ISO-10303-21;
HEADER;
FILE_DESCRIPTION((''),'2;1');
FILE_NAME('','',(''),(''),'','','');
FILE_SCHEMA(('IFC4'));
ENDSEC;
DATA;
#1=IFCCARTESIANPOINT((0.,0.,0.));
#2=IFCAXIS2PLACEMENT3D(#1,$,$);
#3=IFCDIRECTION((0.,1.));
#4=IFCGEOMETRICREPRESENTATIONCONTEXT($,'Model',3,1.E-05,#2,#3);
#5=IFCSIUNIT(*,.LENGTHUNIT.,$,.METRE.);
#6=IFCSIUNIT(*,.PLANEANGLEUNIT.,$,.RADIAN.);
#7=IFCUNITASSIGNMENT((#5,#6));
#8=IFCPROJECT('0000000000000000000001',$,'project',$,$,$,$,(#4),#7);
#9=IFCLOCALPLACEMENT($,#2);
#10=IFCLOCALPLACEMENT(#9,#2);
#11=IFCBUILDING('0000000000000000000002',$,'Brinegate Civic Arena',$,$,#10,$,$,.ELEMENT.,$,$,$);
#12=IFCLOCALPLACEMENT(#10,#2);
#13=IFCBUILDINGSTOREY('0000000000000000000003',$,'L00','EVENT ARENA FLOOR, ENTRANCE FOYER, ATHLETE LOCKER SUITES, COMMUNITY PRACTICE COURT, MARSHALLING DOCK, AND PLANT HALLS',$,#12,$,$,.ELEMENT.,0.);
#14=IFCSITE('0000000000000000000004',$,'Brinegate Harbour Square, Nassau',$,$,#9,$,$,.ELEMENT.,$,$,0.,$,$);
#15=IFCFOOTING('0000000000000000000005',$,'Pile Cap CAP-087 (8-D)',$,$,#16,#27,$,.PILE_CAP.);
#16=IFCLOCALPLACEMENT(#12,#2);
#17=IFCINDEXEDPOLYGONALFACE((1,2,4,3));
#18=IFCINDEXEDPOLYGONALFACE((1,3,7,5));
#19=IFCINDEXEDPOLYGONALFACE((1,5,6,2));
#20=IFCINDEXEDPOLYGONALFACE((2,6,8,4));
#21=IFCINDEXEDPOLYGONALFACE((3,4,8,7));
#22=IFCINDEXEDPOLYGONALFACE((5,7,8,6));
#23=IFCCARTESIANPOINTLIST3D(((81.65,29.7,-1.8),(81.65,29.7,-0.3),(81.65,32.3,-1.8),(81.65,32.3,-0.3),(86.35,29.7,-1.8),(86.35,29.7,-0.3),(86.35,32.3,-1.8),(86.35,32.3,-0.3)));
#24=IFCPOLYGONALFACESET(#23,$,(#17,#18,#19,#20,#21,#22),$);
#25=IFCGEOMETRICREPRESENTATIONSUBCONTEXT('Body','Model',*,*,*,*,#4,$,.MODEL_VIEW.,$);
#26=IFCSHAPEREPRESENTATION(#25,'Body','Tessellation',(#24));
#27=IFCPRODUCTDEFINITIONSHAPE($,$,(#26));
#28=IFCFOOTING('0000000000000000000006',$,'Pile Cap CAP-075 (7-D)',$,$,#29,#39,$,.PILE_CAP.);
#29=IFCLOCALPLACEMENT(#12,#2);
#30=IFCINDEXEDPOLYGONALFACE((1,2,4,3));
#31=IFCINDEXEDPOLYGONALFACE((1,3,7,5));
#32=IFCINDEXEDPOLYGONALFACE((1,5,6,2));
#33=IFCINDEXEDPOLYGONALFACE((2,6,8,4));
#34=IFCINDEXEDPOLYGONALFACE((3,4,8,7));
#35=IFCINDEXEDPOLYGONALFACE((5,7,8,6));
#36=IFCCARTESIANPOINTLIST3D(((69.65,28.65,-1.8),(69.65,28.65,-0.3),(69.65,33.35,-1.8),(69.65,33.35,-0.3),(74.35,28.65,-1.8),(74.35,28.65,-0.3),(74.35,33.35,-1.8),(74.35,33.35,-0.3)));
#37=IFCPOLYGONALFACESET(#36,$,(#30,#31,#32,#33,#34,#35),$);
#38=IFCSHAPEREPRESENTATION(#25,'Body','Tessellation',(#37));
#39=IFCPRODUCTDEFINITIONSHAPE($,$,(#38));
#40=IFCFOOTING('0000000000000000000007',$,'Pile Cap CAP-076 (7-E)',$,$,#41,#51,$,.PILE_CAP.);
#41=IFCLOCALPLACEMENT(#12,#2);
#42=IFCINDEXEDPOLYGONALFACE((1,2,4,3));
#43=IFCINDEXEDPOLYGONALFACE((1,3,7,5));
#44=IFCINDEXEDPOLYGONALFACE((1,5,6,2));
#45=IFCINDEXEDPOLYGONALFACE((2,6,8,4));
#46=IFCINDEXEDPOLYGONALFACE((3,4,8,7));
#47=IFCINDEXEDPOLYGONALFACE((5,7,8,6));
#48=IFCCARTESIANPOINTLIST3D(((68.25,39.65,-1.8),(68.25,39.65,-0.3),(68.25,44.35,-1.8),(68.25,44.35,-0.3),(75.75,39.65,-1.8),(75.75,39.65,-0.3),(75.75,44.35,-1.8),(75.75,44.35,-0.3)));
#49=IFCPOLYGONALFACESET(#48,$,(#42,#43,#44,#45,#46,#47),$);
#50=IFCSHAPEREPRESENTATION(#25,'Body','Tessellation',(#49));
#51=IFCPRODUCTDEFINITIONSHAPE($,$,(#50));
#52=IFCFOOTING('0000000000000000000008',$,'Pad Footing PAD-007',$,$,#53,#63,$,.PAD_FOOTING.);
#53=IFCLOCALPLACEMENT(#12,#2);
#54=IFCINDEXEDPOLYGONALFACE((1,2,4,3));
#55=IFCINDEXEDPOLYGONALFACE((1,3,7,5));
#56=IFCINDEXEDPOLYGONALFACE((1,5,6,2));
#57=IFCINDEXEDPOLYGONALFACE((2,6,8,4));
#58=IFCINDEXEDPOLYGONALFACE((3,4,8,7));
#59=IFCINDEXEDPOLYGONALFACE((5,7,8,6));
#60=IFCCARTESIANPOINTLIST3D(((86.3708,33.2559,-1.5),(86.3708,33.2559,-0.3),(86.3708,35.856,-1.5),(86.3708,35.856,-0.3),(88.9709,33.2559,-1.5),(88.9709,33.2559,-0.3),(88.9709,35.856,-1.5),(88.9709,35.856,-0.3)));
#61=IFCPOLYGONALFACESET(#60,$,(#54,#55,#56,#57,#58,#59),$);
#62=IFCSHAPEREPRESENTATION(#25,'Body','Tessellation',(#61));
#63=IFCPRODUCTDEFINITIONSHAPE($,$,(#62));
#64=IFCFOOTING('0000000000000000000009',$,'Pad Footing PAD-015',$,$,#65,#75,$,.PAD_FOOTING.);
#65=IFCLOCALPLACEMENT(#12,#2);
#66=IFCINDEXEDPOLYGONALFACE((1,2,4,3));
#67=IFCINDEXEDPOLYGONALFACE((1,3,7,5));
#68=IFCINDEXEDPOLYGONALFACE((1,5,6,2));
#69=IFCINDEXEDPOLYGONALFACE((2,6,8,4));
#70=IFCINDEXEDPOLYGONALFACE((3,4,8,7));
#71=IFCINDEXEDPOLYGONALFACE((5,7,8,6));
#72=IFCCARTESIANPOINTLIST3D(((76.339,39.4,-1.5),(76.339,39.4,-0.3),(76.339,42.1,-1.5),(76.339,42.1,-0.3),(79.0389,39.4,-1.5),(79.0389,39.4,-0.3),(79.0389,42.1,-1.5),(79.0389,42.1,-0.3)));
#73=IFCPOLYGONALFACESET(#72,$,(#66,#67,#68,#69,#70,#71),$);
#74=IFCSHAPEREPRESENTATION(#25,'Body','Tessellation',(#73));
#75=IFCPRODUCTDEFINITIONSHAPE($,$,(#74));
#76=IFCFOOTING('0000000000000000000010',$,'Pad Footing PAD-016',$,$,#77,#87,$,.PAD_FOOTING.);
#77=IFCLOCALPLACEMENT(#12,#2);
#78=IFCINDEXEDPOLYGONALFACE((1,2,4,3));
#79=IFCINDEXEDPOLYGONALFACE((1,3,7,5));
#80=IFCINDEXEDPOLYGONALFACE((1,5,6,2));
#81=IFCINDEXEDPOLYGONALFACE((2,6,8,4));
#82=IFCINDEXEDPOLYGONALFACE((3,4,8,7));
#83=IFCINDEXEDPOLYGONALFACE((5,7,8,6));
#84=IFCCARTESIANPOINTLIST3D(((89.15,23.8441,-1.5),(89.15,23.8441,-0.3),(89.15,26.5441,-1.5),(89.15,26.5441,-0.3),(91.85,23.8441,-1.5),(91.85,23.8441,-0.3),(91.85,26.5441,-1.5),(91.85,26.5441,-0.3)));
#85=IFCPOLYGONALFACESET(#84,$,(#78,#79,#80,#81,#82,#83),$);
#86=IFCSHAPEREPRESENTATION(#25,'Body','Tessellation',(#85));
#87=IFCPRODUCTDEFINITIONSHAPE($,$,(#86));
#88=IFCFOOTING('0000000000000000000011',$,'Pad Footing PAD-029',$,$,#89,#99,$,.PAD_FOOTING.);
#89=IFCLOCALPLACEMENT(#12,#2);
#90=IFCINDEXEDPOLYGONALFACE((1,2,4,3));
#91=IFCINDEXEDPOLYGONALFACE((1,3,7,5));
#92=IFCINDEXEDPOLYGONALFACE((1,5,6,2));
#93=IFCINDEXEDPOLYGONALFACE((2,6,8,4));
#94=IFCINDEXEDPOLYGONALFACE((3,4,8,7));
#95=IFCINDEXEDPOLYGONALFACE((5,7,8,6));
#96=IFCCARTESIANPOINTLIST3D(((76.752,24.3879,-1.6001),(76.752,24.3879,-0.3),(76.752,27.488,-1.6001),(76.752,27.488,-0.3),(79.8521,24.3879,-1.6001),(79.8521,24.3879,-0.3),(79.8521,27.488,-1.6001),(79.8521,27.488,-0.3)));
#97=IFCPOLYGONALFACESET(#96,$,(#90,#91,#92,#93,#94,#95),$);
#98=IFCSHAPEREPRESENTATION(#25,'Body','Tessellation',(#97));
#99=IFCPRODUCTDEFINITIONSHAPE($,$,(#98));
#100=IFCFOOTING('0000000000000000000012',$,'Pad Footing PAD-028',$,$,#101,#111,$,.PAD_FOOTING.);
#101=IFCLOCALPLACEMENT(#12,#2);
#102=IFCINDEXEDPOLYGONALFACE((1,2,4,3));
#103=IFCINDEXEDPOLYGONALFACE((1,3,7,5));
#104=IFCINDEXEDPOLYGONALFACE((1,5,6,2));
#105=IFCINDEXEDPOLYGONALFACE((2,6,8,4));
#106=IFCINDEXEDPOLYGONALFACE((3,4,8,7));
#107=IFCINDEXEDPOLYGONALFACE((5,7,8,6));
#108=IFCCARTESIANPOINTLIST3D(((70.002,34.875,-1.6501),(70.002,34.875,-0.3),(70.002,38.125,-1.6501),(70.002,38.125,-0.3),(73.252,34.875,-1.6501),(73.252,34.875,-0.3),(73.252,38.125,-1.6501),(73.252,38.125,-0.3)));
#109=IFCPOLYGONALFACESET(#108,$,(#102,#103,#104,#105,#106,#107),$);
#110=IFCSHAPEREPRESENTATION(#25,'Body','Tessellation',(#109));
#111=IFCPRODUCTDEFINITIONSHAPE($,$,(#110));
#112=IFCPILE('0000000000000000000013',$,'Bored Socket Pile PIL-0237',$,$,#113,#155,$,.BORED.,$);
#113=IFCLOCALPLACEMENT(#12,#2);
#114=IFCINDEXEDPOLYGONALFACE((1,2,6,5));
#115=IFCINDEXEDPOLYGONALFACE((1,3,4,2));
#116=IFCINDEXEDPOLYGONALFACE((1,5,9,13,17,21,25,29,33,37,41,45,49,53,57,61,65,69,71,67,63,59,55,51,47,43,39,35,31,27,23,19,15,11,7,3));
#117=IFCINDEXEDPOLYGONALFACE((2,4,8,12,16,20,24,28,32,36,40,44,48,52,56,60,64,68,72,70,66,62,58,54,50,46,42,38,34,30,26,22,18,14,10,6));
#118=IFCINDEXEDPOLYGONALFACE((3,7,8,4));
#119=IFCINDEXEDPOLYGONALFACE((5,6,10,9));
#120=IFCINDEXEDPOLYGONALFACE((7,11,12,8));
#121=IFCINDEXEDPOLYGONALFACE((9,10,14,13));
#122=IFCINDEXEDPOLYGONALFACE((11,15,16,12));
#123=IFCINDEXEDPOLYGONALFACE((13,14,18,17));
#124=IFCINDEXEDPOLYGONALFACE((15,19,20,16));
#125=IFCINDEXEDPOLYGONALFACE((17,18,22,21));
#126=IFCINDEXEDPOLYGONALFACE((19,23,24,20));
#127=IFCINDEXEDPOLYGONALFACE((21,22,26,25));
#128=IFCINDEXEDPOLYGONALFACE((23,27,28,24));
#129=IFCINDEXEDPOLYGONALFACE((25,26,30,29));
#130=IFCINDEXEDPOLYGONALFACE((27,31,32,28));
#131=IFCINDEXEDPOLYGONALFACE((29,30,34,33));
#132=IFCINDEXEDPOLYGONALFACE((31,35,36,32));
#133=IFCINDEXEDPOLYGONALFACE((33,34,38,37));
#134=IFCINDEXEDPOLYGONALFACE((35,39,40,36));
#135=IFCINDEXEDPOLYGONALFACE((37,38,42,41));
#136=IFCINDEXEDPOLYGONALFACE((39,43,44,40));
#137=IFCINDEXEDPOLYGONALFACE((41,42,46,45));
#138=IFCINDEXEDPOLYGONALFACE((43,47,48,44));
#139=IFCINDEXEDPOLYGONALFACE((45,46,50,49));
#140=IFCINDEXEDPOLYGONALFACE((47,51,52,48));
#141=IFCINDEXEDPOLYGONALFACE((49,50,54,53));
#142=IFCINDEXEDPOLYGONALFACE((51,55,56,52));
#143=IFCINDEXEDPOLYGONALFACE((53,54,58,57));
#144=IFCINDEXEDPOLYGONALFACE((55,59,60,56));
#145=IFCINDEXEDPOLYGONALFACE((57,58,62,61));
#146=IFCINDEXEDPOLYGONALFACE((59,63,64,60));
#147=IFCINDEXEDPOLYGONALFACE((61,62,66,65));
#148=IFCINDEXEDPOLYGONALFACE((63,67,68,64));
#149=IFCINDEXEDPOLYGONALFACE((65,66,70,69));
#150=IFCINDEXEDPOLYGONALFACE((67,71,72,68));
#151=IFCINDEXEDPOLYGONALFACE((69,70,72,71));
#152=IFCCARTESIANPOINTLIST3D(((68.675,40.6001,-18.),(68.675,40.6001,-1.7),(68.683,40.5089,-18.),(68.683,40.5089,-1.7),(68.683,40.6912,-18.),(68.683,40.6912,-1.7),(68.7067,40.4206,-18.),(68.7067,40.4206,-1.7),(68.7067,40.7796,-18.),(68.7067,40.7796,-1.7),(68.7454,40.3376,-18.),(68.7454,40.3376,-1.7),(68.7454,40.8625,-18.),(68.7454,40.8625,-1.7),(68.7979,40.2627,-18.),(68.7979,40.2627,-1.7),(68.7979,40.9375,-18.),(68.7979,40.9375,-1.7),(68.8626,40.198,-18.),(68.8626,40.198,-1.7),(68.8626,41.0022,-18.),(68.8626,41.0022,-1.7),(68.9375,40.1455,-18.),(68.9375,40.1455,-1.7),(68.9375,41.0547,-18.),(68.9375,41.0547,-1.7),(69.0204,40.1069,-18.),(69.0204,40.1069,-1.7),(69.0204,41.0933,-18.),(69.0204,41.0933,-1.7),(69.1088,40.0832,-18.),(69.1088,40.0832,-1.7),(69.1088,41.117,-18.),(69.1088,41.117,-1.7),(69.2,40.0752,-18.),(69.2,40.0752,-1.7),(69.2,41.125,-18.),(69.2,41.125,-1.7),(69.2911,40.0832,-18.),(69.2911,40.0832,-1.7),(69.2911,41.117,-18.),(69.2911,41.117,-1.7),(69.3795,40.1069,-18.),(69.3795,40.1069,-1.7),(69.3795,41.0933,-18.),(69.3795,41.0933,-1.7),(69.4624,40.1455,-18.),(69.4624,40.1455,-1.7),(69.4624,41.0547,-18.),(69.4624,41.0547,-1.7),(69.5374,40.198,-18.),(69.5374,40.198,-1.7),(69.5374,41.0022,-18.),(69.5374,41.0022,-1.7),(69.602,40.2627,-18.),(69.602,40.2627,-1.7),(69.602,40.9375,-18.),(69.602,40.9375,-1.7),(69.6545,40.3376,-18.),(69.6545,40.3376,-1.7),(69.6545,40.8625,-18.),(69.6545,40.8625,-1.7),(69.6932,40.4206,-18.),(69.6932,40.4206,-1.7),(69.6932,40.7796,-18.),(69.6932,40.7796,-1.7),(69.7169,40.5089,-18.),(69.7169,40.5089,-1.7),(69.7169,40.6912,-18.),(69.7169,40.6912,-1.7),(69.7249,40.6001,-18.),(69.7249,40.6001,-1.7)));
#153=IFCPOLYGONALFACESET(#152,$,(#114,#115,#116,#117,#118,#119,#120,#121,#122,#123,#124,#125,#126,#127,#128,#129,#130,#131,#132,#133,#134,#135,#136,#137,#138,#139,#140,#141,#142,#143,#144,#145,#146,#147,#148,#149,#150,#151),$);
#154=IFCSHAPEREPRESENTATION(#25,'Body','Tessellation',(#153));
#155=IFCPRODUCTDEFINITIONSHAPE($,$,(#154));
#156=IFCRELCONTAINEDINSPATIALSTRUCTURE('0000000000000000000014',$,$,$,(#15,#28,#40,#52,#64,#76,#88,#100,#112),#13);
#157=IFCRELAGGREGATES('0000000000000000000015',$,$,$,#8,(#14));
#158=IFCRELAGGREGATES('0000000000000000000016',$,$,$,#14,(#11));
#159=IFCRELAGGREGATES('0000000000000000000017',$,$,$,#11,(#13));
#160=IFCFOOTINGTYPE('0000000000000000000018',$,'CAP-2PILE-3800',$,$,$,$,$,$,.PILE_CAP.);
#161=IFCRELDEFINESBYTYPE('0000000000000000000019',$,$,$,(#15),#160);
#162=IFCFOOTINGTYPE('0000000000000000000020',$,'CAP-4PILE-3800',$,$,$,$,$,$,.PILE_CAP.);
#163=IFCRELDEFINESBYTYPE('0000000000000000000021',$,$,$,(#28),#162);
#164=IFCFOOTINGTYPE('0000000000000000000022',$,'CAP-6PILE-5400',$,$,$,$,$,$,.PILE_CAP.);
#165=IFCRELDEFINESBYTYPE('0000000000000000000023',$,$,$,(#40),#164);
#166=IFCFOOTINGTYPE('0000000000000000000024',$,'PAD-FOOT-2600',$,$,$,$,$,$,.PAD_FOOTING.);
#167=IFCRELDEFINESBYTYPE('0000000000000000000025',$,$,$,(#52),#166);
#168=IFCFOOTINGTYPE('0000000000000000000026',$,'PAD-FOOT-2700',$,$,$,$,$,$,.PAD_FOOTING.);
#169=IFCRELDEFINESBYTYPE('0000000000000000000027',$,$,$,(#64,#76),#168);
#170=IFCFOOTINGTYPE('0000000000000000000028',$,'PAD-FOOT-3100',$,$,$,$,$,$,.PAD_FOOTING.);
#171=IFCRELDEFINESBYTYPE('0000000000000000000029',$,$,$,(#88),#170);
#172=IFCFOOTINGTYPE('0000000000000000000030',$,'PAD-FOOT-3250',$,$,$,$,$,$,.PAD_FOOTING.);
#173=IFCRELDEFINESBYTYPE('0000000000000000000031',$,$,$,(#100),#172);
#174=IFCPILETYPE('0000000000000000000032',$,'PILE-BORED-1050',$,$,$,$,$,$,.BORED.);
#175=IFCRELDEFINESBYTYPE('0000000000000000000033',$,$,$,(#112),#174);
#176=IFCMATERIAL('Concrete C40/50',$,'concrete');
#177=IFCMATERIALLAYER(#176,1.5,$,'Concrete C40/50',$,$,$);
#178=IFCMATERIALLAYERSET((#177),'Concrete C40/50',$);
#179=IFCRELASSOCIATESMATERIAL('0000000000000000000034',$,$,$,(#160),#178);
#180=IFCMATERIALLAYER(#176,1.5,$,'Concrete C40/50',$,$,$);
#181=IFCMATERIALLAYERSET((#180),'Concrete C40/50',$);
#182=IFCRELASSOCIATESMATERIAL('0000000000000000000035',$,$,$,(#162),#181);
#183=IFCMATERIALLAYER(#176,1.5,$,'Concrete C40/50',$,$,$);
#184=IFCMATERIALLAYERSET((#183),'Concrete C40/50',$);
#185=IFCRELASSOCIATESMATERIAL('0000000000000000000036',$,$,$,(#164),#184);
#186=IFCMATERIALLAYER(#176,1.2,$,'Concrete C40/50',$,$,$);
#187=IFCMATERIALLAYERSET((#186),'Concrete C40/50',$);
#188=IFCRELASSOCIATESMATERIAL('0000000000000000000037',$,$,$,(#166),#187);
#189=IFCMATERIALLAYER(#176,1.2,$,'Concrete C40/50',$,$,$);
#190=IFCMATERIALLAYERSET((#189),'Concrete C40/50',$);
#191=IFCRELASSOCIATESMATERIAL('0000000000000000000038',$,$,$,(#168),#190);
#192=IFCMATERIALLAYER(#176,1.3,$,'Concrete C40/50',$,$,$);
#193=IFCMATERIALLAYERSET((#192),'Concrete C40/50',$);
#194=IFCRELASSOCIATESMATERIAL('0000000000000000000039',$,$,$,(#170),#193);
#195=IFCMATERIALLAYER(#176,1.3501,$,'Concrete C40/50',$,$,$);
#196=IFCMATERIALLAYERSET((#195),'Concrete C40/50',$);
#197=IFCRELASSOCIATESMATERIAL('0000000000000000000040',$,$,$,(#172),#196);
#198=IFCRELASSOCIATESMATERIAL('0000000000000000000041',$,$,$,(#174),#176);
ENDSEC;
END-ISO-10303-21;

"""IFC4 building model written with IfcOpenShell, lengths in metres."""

from ifc_helpers import new_model, si_unit, direction, frame, origin, origin_2d, place, context, subcontext, project, spatial, rectangle, circle, extrude, material, layer, layer_set, material_profile, profile_set, type_object, element, save


model = new_model("IFC4")

# Units and contexts
model_context = context("Model", 3, precision=1e-05, world=origin(), true_north=direction((0.0, 1.0)))
body_context = subcontext(model_context, "Body", "Model", "MODEL_VIEW")
ifc_project = project(units=[si_unit("LENGTHUNIT", "METRE"), si_unit("PLANEANGLEUNIT", "RADIAN")], contexts=[model_context])

# Site, building, storey
site_placement = place(None, origin())
site = spatial("IfcSite", under=ifc_project, at=site_placement, Name="Brinegate Harbour Square, Nassau", CompositionType="ELEMENT", RefElevation=0.0)
building_placement = place(site_placement, origin())
building = spatial("IfcBuilding", under=site, at=building_placement, Name="Brinegate Civic Arena", CompositionType="ELEMENT")
storey_placement = place(building_placement, origin())
storey = spatial("IfcBuildingStorey", under=building, at=storey_placement, Name="L00", Description="EVENT ARENA FLOOR, ENTRANCE FOYER, ATHLETE LOCKER SUITES, COMMUNITY PRACTICE COURT, MARSHALLING DOCK, AND PLANT HALLS", CompositionType="ELEMENT", Elevation=0.0)

# Footings
ifc_material_1 = material(Name="Concrete C40/50", Category="concrete")
ifc_layer_1 = layer(ifc_material_1, 1.5, Name="Concrete C40/50")
ifc_layer_set_1 = layer_set([ifc_layer_1], Name="Concrete C40/50")
footing_type_1 = type_object("IfcFootingType", Name="CAP-2PILE-3800", PredefinedType="PILE_CAP", material=ifc_layer_set_1)
footing_1_placement = place(storey_placement, frame((84.0, 31.0, -1.8), z_axis=(0.0, 0.0, 1.0), x_axis=(1.0, 0.0, 0.0)))
element("IfcFooting", 1, at=footing_1_placement, inside=storey, type_object=footing_type_1, Name="Pile Cap CAP-087 (8-D)", PredefinedType="PILE_CAP", context=body_context, shape_type="SweptSolid", body=[
    extrude(rectangle(XDim=4.7, YDim=2.6001, at=origin_2d()), origin(), (0.0, 0.0, 1.0), 1.5),
])
ifc_layer_2 = layer(ifc_material_1, 1.5, Name="Concrete C40/50")
ifc_layer_set_2 = layer_set([ifc_layer_2], Name="Concrete C40/50")
footing_type_2 = type_object("IfcFootingType", Name="CAP-4PILE-3800", PredefinedType="PILE_CAP", material=ifc_layer_set_2)
footing_2_placement = place(storey_placement, frame((72.0, 31.0, -1.8), z_axis=(0.0, 0.0, 1.0), x_axis=(1.0, 0.0, 0.0)))
element("IfcFooting", 2, at=footing_2_placement, inside=storey, type_object=footing_type_2, Name="Pile Cap CAP-075 (7-D)", PredefinedType="PILE_CAP", context=body_context, shape_type="SweptSolid", body=[
    extrude(rectangle(XDim=4.7, YDim=4.7, at=origin_2d()), origin(), (0.0, 0.0, 1.0), 1.5),
])
ifc_layer_3 = layer(ifc_material_1, 1.5, Name="Concrete C40/50")
ifc_layer_set_3 = layer_set([ifc_layer_3], Name="Concrete C40/50")
footing_type_3 = type_object("IfcFootingType", Name="CAP-6PILE-5400", PredefinedType="PILE_CAP", material=ifc_layer_set_3)
footing_3_placement = place(storey_placement, frame((72.0, 42.0, -1.8), z_axis=(0.0, 0.0, 1.0), x_axis=(1.0, 0.0, 0.0)))
element("IfcFooting", 3, at=footing_3_placement, inside=storey, type_object=footing_type_3, Name="Pile Cap CAP-076 (7-E)", PredefinedType="PILE_CAP", context=body_context, shape_type="SweptSolid", body=[
    extrude(rectangle(XDim=7.5, YDim=4.7, at=origin_2d()), origin(), (0.0, 0.0, 1.0), 1.5),
])
ifc_layer_4 = layer(ifc_material_1, 1.2, Name="Concrete C40/50")
ifc_layer_set_4 = layer_set([ifc_layer_4], Name="Concrete C40/50")
footing_type_4 = type_object("IfcFootingType", Name="PAD-FOOT-2600", PredefinedType="PAD_FOOTING", material=ifc_layer_set_4)
footing_4_placement = place(storey_placement, frame((87.6709, 34.5559, -1.5), z_axis=(0.0, 0.0, 1.0), x_axis=(1.0, 0.0, 0.0)))
element("IfcFooting", 4, at=footing_4_placement, inside=storey, type_object=footing_type_4, Name="Pad Footing PAD-007", PredefinedType="PAD_FOOTING", context=body_context, shape_type="SweptSolid", body=[
    extrude(rectangle(XDim=2.6001, YDim=2.6001, at=origin_2d()), origin(), (0.0, 0.0, 1.0), 1.2),
])
ifc_layer_5 = layer(ifc_material_1, 1.2, Name="Concrete C40/50")
ifc_layer_set_5 = layer_set([ifc_layer_5], Name="Concrete C40/50")
footing_type_5 = type_object("IfcFootingType", Name="PAD-FOOT-2700", PredefinedType="PAD_FOOTING", material=ifc_layer_set_5)
for number, where, z_axis, x_axis, name in (
    (5, (77.689, 40.75, -1.5), (0.0, 0.0, 1.0), (1.0, 0.0, 0.0), "Pad Footing PAD-015"),
    (6, (90.5, 25.1941, -1.5), (0.0, 0.0, 1.0), (1.0, 0.0, 0.0), "Pad Footing PAD-016"),
):
    element("IfcFooting", number, at=place(storey_placement, frame(where, z_axis=z_axis, x_axis=x_axis)), inside=storey, type_object=footing_type_5, Name=name, PredefinedType="PAD_FOOTING", context=body_context, shape_type="SweptSolid", body=[
        extrude(rectangle(XDim=2.7, YDim=2.7, at=origin_2d()), origin(), (0.0, 0.0, 1.0), 1.2),
    ])
ifc_layer_6 = layer(ifc_material_1, 1.3, Name="Concrete C40/50")
ifc_layer_set_6 = layer_set([ifc_layer_6], Name="Concrete C40/50")
footing_type_6 = type_object("IfcFootingType", Name="PAD-FOOT-3100", PredefinedType="PAD_FOOTING", material=ifc_layer_set_6)
footing_5_placement = place(storey_placement, frame((78.302, 25.938, -1.6001), z_axis=(0.0, 0.0, 1.0), x_axis=(1.0, 0.0, 0.0)))
element("IfcFooting", 7, at=footing_5_placement, inside=storey, type_object=footing_type_6, Name="Pad Footing PAD-029", PredefinedType="PAD_FOOTING", context=body_context, shape_type="SweptSolid", body=[
    extrude(rectangle(XDim=3.1001, YDim=3.1001, at=origin_2d()), origin(), (0.0, 0.0, 1.0), 1.3),
])
ifc_layer_7 = layer(ifc_material_1, 1.3501, Name="Concrete C40/50")
ifc_layer_set_7 = layer_set([ifc_layer_7], Name="Concrete C40/50")
footing_type_7 = type_object("IfcFootingType", Name="PAD-FOOT-3250", PredefinedType="PAD_FOOTING", material=ifc_layer_set_7)
footing_6_placement = place(storey_placement, frame((71.627, 36.5, -1.6501), z_axis=(0.0, 0.0, 1.0), x_axis=(1.0, 0.0, 0.0)))
element("IfcFooting", 8, at=footing_6_placement, inside=storey, type_object=footing_type_7, Name="Pad Footing PAD-028", PredefinedType="PAD_FOOTING", context=body_context, shape_type="SweptSolid", body=[
    extrude(rectangle(XDim=3.25, YDim=3.25, at=origin_2d()), origin(), (0.0, 0.0, 1.0), 1.3501),
])

# Pile
ifc_material_profile_1 = material_profile(ifc_material_1, circle(Radius=0.5249, at=origin_2d()), Name="PILED1050")
ifc_profile_set_1 = profile_set([ifc_material_profile_1], Name="Concrete C40/50")
pile_type_1 = type_object("IfcPileType", Name="PILE-BORED-1050", PredefinedType="BORED", material=ifc_profile_set_1)
for number, where, z_axis, x_axis, name in (
    (9, (69.2, 40.6001, -1.7), (0.0, 0.0, -1.0), (1.0, 0.0, 0.0), "Bored Socket Pile PIL-0237"),
):
    element("IfcPile", number, at=place(storey_placement, frame(where, z_axis=z_axis, x_axis=x_axis)), inside=storey, type_object=pile_type_1, Name=name, PredefinedType="BORED", context=body_context, shape_type="SweptSolid", body=[
        extrude(circle(Radius=0.5249, at=origin_2d()), origin(), (0.0, 0.0, 1.0), 16.3),
    ])

save(model, "model.ifc")
